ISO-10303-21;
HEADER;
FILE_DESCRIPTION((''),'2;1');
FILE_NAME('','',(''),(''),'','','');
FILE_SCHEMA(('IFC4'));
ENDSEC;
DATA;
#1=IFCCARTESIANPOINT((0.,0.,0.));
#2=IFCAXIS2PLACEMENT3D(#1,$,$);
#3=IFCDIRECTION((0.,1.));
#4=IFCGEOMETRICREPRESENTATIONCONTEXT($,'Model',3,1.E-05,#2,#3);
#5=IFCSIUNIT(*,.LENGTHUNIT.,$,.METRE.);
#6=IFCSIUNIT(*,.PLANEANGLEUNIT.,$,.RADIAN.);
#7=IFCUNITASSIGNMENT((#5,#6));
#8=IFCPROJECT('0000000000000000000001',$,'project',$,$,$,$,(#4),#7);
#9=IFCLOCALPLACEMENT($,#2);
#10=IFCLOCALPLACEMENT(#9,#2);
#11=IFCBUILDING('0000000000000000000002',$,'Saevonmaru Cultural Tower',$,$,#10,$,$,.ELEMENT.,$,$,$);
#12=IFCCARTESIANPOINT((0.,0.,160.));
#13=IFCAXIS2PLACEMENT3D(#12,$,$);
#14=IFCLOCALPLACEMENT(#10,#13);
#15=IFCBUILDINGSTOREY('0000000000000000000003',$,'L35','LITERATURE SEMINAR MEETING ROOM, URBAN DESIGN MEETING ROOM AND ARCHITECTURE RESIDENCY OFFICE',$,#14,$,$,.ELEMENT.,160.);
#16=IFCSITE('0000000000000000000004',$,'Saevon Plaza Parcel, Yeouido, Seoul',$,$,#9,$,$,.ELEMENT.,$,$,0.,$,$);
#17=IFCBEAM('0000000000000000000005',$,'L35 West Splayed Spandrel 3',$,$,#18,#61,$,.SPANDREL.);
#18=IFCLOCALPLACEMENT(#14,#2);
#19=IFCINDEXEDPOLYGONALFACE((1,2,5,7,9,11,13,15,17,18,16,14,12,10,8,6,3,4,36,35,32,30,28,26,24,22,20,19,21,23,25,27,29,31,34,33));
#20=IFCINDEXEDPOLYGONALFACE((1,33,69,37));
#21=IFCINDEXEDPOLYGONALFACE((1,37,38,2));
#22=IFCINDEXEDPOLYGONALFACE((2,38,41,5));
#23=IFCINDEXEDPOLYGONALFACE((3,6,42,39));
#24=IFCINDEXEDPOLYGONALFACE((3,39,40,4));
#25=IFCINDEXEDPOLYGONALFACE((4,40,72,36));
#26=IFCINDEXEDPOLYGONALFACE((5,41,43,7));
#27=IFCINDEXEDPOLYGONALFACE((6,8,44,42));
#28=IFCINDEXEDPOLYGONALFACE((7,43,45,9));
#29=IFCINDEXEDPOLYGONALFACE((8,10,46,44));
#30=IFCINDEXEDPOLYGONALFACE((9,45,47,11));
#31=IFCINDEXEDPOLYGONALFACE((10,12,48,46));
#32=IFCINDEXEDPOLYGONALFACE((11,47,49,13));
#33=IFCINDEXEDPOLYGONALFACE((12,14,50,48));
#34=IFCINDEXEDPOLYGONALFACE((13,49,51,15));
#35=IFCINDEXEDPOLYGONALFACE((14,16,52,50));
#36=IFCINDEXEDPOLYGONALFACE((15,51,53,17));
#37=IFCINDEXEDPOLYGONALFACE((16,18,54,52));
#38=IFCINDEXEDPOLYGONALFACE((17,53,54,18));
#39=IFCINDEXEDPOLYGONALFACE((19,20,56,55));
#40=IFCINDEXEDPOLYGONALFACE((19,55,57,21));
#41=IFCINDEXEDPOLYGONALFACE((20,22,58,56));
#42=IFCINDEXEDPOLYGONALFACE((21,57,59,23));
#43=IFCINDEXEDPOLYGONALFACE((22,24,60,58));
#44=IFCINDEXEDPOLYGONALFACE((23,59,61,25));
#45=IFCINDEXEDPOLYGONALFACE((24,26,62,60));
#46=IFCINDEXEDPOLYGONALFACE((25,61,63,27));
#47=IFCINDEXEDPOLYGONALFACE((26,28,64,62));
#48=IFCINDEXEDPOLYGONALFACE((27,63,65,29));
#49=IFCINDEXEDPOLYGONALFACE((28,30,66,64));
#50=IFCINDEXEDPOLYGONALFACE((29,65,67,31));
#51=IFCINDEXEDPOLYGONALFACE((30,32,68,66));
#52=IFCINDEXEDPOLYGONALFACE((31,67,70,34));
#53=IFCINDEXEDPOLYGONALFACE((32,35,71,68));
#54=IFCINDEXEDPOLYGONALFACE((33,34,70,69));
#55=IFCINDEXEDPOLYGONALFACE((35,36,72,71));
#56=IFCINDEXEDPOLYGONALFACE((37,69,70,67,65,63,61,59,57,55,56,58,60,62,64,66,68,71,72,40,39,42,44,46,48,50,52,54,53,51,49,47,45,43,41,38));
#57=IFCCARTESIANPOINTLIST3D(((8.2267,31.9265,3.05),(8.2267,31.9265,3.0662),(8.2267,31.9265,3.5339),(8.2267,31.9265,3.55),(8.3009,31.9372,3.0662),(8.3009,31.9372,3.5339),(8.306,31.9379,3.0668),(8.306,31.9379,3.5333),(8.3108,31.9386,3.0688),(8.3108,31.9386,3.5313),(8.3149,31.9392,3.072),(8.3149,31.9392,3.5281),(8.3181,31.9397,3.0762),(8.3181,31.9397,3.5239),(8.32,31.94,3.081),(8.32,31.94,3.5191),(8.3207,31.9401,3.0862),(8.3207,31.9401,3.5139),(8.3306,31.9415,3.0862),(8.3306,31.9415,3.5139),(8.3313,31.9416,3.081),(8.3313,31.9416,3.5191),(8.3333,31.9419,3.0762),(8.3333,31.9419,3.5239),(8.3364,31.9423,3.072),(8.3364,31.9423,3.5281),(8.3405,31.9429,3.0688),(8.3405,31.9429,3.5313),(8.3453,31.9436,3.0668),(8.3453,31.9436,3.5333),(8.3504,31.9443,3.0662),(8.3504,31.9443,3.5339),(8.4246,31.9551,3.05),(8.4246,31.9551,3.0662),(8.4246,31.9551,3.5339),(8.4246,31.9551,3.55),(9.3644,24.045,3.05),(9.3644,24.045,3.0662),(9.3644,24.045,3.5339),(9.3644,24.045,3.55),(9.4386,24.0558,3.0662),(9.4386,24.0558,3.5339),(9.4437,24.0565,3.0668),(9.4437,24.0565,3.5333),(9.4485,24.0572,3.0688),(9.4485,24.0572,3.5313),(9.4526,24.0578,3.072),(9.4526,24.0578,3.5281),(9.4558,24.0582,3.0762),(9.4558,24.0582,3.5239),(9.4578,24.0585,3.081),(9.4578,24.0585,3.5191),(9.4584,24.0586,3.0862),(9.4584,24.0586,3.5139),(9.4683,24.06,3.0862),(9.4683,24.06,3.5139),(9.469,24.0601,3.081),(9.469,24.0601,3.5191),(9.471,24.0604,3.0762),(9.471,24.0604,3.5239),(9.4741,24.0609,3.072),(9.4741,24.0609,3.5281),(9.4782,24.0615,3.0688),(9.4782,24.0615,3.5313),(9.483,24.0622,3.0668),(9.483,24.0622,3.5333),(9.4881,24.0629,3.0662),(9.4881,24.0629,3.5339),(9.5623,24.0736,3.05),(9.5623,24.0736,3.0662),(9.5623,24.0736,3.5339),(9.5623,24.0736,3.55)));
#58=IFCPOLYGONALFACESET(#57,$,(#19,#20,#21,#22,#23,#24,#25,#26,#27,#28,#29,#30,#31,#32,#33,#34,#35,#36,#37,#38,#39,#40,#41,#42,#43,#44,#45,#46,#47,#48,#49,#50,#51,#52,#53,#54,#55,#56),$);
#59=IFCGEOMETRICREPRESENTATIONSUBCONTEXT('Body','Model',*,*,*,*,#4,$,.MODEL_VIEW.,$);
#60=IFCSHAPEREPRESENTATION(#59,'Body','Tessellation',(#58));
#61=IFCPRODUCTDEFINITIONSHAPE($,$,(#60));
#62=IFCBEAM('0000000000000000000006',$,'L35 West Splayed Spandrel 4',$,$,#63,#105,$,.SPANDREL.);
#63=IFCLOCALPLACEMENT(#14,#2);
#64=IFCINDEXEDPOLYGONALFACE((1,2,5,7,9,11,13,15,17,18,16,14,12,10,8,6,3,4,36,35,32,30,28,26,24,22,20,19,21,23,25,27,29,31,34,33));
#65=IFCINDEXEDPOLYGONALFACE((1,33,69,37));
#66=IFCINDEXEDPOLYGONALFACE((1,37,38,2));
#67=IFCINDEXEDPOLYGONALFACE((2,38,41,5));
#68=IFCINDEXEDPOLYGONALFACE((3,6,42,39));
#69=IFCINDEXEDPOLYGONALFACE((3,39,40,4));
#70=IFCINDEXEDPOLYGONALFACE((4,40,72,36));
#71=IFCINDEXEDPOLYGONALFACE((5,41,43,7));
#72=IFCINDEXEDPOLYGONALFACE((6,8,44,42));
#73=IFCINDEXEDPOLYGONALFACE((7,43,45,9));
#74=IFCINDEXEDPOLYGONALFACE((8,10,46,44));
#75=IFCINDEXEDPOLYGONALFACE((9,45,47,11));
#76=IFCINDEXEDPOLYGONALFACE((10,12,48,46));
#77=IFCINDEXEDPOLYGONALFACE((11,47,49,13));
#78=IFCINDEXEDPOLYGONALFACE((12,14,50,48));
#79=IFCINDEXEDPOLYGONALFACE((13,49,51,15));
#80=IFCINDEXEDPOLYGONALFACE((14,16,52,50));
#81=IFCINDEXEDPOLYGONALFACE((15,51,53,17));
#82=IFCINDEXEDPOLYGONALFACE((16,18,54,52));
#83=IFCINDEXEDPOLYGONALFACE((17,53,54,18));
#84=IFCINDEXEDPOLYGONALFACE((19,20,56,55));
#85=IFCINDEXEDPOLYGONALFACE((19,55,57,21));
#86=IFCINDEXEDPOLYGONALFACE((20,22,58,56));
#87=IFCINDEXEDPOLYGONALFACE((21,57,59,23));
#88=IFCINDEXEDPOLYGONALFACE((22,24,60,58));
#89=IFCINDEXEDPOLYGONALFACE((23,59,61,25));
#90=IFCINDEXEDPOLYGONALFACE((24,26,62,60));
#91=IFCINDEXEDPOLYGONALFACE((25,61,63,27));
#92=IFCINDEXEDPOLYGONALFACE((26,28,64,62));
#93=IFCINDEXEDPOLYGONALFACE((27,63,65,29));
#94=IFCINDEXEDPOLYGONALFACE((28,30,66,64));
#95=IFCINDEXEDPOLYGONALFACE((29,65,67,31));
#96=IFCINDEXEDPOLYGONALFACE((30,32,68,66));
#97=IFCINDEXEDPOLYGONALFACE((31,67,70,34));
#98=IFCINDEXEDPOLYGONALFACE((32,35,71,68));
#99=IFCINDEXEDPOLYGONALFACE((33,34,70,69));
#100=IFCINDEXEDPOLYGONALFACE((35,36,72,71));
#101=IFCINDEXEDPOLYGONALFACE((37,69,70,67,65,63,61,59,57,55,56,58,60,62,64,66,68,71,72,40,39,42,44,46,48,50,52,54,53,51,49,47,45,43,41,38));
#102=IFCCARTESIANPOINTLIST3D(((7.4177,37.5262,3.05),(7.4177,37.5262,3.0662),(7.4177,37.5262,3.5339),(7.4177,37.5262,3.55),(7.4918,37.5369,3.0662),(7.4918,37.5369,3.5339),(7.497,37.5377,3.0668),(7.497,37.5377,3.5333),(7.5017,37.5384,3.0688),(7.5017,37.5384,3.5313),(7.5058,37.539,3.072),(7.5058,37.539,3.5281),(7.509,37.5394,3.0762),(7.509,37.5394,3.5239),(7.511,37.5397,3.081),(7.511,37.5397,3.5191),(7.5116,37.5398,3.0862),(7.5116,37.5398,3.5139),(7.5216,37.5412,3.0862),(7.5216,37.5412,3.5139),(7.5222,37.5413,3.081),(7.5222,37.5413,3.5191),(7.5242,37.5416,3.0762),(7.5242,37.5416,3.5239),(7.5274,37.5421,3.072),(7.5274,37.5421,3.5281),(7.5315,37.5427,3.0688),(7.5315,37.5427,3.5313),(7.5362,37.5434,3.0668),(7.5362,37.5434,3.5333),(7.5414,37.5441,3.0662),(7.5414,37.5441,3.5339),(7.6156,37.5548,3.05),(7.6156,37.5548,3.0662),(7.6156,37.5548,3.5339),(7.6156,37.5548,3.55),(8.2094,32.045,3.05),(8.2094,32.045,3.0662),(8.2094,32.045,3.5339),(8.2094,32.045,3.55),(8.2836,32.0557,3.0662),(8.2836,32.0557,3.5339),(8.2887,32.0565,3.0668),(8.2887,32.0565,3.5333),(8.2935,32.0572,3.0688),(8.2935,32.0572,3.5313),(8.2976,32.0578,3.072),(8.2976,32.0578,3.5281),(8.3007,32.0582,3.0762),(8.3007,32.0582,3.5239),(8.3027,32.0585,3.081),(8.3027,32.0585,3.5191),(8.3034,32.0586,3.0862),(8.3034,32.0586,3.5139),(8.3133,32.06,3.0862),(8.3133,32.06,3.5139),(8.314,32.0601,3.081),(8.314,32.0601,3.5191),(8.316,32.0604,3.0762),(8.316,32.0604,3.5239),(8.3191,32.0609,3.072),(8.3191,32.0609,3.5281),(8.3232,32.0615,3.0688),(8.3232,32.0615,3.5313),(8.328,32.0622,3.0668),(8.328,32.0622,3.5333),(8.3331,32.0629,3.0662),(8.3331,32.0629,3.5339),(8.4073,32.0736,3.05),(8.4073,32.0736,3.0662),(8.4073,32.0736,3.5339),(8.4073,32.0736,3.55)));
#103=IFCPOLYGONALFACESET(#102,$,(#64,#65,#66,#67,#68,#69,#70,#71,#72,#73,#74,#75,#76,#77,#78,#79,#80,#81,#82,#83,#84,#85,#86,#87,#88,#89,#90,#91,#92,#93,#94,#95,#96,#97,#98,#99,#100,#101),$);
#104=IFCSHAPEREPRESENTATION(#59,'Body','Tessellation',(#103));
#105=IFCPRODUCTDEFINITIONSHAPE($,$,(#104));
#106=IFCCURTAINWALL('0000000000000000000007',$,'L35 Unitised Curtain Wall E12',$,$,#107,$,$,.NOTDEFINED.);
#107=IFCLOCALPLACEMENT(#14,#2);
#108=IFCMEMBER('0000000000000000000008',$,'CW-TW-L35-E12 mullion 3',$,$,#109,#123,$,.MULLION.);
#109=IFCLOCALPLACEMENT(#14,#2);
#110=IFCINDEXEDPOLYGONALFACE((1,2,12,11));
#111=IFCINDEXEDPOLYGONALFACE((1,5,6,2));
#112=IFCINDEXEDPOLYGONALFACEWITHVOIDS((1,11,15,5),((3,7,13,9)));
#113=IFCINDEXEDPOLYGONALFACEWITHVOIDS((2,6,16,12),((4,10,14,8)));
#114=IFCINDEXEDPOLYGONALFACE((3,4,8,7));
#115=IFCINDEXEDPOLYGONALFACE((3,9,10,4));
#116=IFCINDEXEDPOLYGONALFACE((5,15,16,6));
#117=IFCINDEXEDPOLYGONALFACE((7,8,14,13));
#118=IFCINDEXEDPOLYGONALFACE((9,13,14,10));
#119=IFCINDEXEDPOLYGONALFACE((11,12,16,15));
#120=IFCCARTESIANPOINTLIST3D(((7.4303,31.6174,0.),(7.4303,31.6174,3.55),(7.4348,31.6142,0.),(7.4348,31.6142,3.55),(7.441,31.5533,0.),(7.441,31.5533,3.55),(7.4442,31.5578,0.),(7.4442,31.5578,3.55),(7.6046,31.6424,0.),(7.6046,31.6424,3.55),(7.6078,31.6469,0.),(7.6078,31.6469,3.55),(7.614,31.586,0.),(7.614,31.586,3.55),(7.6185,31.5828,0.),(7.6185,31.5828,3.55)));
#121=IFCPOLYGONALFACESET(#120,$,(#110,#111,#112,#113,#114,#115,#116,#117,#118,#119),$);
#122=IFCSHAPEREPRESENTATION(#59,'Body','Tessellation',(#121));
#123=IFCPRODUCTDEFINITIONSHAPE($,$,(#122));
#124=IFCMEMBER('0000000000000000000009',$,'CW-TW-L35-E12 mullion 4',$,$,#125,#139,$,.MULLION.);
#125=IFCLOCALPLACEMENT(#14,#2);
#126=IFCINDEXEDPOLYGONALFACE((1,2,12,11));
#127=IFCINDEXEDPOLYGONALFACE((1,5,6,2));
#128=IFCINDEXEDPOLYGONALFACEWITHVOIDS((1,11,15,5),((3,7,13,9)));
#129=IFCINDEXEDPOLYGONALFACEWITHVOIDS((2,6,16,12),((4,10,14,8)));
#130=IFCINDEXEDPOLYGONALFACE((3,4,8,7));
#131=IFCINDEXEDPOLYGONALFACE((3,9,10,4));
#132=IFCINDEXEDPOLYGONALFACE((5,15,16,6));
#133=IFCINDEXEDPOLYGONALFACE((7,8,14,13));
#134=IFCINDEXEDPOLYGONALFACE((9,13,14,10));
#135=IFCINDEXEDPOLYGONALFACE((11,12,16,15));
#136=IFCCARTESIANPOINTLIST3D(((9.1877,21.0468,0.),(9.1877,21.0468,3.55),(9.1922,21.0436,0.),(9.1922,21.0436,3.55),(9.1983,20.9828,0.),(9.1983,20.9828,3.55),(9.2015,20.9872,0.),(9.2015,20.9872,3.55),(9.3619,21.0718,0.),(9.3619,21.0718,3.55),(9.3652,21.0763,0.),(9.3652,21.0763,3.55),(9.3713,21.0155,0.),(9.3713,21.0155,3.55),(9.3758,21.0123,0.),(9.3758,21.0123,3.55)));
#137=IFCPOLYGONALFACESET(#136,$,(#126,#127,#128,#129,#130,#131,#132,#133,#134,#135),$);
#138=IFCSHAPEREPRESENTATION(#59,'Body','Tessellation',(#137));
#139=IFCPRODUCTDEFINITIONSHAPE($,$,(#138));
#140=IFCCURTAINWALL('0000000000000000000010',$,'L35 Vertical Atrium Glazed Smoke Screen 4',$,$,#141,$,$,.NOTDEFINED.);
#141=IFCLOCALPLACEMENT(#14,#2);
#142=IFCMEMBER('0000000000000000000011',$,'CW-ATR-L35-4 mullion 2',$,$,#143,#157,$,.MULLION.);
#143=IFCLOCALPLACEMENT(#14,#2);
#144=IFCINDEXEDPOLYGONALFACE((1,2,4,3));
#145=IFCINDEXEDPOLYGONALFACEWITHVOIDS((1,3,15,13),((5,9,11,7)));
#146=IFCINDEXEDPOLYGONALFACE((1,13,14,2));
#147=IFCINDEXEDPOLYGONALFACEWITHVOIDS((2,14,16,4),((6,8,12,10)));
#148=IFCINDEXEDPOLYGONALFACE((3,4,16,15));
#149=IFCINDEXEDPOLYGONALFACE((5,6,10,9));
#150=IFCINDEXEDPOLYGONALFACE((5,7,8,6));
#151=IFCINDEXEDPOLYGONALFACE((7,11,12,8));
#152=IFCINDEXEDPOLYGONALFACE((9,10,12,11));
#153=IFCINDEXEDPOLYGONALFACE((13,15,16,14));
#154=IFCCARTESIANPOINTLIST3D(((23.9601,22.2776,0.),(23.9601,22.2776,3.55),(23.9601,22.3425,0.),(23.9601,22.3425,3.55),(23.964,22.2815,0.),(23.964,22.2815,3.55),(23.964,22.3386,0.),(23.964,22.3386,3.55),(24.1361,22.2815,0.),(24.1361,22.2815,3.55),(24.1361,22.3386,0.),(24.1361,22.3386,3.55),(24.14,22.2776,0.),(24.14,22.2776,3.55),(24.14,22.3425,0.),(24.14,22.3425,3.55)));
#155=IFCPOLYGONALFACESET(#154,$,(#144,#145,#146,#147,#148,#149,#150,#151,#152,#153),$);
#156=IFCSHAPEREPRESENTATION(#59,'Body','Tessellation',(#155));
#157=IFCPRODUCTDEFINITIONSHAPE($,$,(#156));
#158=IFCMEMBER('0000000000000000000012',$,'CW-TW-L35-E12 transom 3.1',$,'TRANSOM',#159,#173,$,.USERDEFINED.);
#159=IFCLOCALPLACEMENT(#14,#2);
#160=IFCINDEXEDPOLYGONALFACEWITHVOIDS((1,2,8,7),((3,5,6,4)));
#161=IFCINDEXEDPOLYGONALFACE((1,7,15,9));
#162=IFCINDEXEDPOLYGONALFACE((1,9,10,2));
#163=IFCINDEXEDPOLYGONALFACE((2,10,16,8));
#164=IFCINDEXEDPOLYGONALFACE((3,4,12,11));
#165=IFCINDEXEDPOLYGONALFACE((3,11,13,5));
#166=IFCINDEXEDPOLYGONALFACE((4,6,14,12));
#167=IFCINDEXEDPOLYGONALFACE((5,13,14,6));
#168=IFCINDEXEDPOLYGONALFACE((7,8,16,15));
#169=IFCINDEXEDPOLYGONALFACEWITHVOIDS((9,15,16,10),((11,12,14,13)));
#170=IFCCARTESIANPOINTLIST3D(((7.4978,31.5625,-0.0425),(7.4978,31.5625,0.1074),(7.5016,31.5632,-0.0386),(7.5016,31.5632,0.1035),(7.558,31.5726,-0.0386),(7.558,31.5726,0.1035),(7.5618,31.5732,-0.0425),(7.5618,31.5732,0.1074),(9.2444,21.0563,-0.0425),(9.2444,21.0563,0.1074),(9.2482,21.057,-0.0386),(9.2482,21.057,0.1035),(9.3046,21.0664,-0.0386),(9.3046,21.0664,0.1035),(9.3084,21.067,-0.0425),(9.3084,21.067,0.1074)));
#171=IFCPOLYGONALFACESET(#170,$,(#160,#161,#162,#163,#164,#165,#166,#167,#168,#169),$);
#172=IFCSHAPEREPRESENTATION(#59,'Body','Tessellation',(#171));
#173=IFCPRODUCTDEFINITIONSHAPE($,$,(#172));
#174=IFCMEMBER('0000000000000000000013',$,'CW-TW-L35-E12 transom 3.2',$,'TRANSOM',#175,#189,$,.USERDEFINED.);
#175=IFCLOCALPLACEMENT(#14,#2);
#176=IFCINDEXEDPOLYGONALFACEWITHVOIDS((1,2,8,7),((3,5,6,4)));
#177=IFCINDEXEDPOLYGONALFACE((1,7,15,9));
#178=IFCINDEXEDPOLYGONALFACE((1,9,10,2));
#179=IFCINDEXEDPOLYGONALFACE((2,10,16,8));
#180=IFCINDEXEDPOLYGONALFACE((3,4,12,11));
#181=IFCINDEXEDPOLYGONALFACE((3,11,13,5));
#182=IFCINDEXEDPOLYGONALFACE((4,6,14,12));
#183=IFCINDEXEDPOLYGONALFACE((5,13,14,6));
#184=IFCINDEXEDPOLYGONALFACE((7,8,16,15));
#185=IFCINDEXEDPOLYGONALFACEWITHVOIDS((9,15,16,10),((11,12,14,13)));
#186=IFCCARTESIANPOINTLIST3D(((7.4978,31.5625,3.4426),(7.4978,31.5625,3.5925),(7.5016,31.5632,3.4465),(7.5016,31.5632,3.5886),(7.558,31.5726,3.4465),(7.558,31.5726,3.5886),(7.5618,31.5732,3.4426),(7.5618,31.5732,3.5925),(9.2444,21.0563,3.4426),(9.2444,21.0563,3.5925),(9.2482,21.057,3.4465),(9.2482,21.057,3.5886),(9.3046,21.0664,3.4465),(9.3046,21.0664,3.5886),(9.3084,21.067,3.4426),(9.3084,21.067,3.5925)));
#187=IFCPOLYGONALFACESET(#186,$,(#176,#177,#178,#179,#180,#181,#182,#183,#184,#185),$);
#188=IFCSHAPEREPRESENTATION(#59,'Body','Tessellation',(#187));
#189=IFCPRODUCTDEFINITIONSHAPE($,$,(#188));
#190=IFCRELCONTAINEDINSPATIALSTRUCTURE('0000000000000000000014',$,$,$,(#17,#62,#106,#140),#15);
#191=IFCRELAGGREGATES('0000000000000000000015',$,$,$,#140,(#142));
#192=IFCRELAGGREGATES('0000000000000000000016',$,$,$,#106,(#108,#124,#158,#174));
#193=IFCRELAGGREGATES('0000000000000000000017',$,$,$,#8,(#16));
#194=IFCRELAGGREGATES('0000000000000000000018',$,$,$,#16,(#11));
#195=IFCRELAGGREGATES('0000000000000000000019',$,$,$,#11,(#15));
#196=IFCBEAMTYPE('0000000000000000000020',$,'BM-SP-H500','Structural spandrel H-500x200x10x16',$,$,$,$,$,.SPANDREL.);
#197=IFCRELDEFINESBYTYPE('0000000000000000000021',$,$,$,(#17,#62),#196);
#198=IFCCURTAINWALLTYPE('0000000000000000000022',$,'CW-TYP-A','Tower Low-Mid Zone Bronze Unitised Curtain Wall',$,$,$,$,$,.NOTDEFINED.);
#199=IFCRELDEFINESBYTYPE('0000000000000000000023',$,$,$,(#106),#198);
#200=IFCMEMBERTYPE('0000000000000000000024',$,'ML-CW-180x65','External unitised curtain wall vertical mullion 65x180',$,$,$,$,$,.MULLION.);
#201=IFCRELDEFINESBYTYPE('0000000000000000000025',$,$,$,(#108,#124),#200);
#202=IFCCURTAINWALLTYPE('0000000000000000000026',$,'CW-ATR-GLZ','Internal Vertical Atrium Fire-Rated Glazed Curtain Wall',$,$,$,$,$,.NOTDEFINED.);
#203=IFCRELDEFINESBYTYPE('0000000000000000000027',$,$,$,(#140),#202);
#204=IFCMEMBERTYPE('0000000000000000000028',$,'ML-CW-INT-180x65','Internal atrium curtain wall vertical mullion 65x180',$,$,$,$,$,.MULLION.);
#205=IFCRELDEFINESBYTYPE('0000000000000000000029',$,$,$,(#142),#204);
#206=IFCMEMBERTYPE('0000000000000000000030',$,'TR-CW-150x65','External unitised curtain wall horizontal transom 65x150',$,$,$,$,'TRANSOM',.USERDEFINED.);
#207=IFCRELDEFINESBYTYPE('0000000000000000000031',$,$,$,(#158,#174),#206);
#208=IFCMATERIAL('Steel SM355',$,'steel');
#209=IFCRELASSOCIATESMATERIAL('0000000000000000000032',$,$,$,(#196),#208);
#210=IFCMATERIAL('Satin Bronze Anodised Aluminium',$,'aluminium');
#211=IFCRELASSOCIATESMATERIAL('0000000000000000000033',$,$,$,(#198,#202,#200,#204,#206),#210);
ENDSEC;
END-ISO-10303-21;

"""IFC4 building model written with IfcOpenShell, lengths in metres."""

from ifc_helpers import new_model, si_unit, direction, frame, origin, origin_2d, place, context, subcontext, project, spatial, hollow_rectangle, i_section, extrude, material, material_profile, profile_set, type_object, element, aggregate, save


model = new_model("IFC4")

# Units and contexts
model_context = context("Model", 3, precision=1e-05, world=origin(), true_north=direction((0.0, 1.0)))
body_context = subcontext(model_context, "Body", "Model", "MODEL_VIEW")
ifc_project = project(units=[si_unit("LENGTHUNIT", "METRE"), si_unit("PLANEANGLEUNIT", "RADIAN")], contexts=[model_context])

# Site, building, storey
site_placement = place(None, origin())
site = spatial("IfcSite", under=ifc_project, at=site_placement, Name="Saevon Plaza Parcel, Yeouido, Seoul", CompositionType="ELEMENT", RefElevation=0.0)
building_placement = place(site_placement, origin())
building = spatial("IfcBuilding", under=site, at=building_placement, Name="Saevonmaru Cultural Tower", CompositionType="ELEMENT")
storey_placement = place(building_placement, frame((0.0, 0.0, 160.0)))
storey = spatial("IfcBuildingStorey", under=building, at=storey_placement, Name="L35", Description="LITERATURE SEMINAR MEETING ROOM, URBAN DESIGN MEETING ROOM AND ARCHITECTURE RESIDENCY OFFICE", CompositionType="ELEMENT", Elevation=160.0)

# Shared definitions
ifc_material_1 = material(Name="Steel SM355", Category="steel")

# Beams
ifc_material_profile_1 = material_profile(ifc_material_1, i_section(OverallWidth=0.2, OverallDepth=0.5, WebThickness=0.01, FlangeThickness=0.0161, FilletRadius=0.02, at=origin_2d()), Name="H-500x200x10x16")
ifc_profile_set_1 = profile_set([ifc_material_profile_1], Name="Steel SM355")
beam_type_1 = type_object("IfcBeamType", Name="BM-SP-H500", Description="Structural spandrel H-500x200x10x16", PredefinedType="SPANDREL", material=ifc_profile_set_1)
beam_1_placement = place(storey_placement, frame((9.4634, 24.0593, 3.3), z_axis=(-0.142872, 0.989741, 0.0), x_axis=(-0.989741, -0.142872, 0.0)))
element("IfcBeam", 1, at=beam_1_placement, inside=storey, type_object=beam_type_1, Name="L35 West Splayed Spandrel 3", PredefinedType="SPANDREL", context=body_context, shape_type="SweptSolid", body=[
    extrude(i_section(OverallWidth=0.2, OverallDepth=0.5, WebThickness=0.01, FlangeThickness=0.0161, FilletRadius=0.02, at=origin_2d()), origin(), (0.0, 0.0, 1.0), 7.9631),
])
beam_2_placement = place(storey_placement, frame((8.3083, 32.0593, 3.3), z_axis=(-0.142964, 0.989728, 0.0), x_axis=(-0.989728, -0.142964, 0.0)))
element("IfcBeam", 2, at=beam_2_placement, inside=storey, type_object=beam_type_1, Name="L35 West Splayed Spandrel 4", PredefinedType="SPANDREL", context=body_context, shape_type="SweptSolid", body=[
    extrude(i_section(OverallWidth=0.2, OverallDepth=0.5, WebThickness=0.01, FlangeThickness=0.0161, FilletRadius=0.02, at=origin_2d()), origin(), (0.0, 0.0, 1.0), 5.5381),
])

# Curtain wall, members
ifc_material_2 = material(Name="Satin Bronze Anodised Aluminium", Category="aluminium")
curtain_wall_type_1 = type_object("IfcCurtainWallType", Name="CW-TYP-A", Description="Tower Low-Mid Zone Bronze Unitised Curtain Wall", PredefinedType="NOTDEFINED", material=ifc_material_2)
curtain_wall_1_placement = place(storey_placement, origin())
curtain_wall_1 = element("IfcCurtainWall", 3, at=curtain_wall_1_placement, inside=storey, type_object=curtain_wall_type_1, Name="L35 Unitised Curtain Wall E12", PredefinedType="NOTDEFINED")
ifc_material_profile_2 = material_profile(ifc_material_2, hollow_rectangle(XDim=0.0649, YDim=0.1799, WallThickness=0.0039, at=origin_2d()), Name="ALU-MULL-180x65x4")
ifc_profile_set_2 = profile_set([ifc_material_profile_2], Name="Satin Bronze Anodised Aluminium")
member_type_1 = type_object("IfcMemberType", Name="ML-CW-180x65", Description="External unitised curtain wall vertical mullion 65x180", PredefinedType="MULLION", material=ifc_profile_set_2)
member_1_placement = place(storey_placement, frame((7.5244, 31.6001, 0.0), z_axis=(0.0, 0.0, 1.0), x_axis=(0.163999, -0.986461, 0.0)))
member_1 = element("IfcMember", 4, at=member_1_placement, type_object=member_type_1, Name="CW-TW-L35-E12 mullion 3", PredefinedType="MULLION", context=body_context, shape_type="SweptSolid", body=[
    extrude(hollow_rectangle(XDim=0.0649, YDim=0.1799, WallThickness=0.0039, at=origin_2d()), origin(), (0.0, 0.0, 1.0), 3.55),
])
member_2_placement = place(storey_placement, frame((9.2817, 21.0295, 0.0), z_axis=(0.0, 0.0, 1.0), x_axis=(0.163999, -0.986461, 0.0)))
member_2 = element("IfcMember", 5, at=member_2_placement, type_object=member_type_1, Name="CW-TW-L35-E12 mullion 4", PredefinedType="MULLION", context=body_context, shape_type="SweptSolid", body=[
    extrude(hollow_rectangle(XDim=0.0649, YDim=0.1799, WallThickness=0.0039, at=origin_2d()), origin(), (0.0, 0.0, 1.0), 3.55),
])

# Curtain wall, member
curtain_wall_type_2 = type_object("IfcCurtainWallType", Name="CW-ATR-GLZ", Description="Internal Vertical Atrium Fire-Rated Glazed Curtain Wall", PredefinedType="NOTDEFINED", material=ifc_material_2)
curtain_wall_2_placement = place(storey_placement, origin())
curtain_wall_2 = element("IfcCurtainWall", 6, at=curtain_wall_2_placement, inside=storey, type_object=curtain_wall_type_2, Name="L35 Vertical Atrium Glazed Smoke Screen 4", PredefinedType="NOTDEFINED")
ifc_material_profile_3 = material_profile(ifc_material_2, hollow_rectangle(XDim=0.0649, YDim=0.1799, WallThickness=0.0039, at=origin_2d()), Name="ALU-MULL-180x65x4")
ifc_profile_set_3 = profile_set([ifc_material_profile_3], Name="Satin Bronze Anodised Aluminium")
member_type_2 = type_object("IfcMemberType", Name="ML-CW-INT-180x65", Description="Internal atrium curtain wall vertical mullion 65x180", PredefinedType="MULLION", material=ifc_profile_set_3)
member_3_placement = place(storey_placement, frame((24.05, 22.3101, 0.0), z_axis=(0.0, 0.0, 1.0), x_axis=(0.0, -1.0, 0.0)))
member_3 = element("IfcMember", 7, at=member_3_placement, type_object=member_type_2, Name="CW-ATR-L35-4 mullion 2", PredefinedType="MULLION", context=body_context, shape_type="SweptSolid", body=[
    extrude(hollow_rectangle(XDim=0.0649, YDim=0.1799, WallThickness=0.0039, at=origin_2d()), origin(), (0.0, 0.0, 1.0), 3.55),
])

# Members
ifc_material_profile_4 = material_profile(ifc_material_2, hollow_rectangle(XDim=0.0649, YDim=0.1499, WallThickness=0.0039, at=origin_2d()), Name="ALU-TRAN-150x65x4")
ifc_profile_set_4 = profile_set([ifc_material_profile_4], Name="Satin Bronze Anodised Aluminium")
member_type_3 = type_object("IfcMemberType", Name="TR-CW-150x65", Description="External unitised curtain wall horizontal transom 65x150", ElementType="TRANSOM", PredefinedType="USERDEFINED", material=ifc_profile_set_4)
member_4_placement = place(storey_placement, frame((7.5298, 31.5679, 0.0325), z_axis=(0.163994, -0.986461, 0.0), x_axis=(0.986461, 0.163994, 0.0)))
member_4 = element("IfcMember", 8, at=member_4_placement, type_object=member_type_3, Name="CW-TW-L35-E12 transom 3.1", ObjectType="TRANSOM", PredefinedType="USERDEFINED", context=body_context, shape_type="SweptSolid", body=[
    extrude(hollow_rectangle(XDim=0.0649, YDim=0.1499, WallThickness=0.0039, at=origin_2d()), origin(), (0.0, 0.0, 1.0), 10.6504),
])
member_5_placement = place(storey_placement, frame((7.5298, 31.5679, 3.5176), z_axis=(0.163994, -0.986461, 0.0), x_axis=(0.986461, 0.163994, 0.0)))
member_5 = element("IfcMember", 9, at=member_5_placement, type_object=member_type_3, Name="CW-TW-L35-E12 transom 3.2", ObjectType="TRANSOM", PredefinedType="USERDEFINED", context=body_context, shape_type="SweptSolid", body=[
    extrude(hollow_rectangle(XDim=0.0649, YDim=0.1499, WallThickness=0.0039, at=origin_2d()), origin(), (0.0, 0.0, 1.0), 10.6504),
])

aggregate(curtain_wall_2, [member_3])
aggregate(curtain_wall_1, [member_1, member_2, member_4, member_5])

save(model, "model.ifc")
